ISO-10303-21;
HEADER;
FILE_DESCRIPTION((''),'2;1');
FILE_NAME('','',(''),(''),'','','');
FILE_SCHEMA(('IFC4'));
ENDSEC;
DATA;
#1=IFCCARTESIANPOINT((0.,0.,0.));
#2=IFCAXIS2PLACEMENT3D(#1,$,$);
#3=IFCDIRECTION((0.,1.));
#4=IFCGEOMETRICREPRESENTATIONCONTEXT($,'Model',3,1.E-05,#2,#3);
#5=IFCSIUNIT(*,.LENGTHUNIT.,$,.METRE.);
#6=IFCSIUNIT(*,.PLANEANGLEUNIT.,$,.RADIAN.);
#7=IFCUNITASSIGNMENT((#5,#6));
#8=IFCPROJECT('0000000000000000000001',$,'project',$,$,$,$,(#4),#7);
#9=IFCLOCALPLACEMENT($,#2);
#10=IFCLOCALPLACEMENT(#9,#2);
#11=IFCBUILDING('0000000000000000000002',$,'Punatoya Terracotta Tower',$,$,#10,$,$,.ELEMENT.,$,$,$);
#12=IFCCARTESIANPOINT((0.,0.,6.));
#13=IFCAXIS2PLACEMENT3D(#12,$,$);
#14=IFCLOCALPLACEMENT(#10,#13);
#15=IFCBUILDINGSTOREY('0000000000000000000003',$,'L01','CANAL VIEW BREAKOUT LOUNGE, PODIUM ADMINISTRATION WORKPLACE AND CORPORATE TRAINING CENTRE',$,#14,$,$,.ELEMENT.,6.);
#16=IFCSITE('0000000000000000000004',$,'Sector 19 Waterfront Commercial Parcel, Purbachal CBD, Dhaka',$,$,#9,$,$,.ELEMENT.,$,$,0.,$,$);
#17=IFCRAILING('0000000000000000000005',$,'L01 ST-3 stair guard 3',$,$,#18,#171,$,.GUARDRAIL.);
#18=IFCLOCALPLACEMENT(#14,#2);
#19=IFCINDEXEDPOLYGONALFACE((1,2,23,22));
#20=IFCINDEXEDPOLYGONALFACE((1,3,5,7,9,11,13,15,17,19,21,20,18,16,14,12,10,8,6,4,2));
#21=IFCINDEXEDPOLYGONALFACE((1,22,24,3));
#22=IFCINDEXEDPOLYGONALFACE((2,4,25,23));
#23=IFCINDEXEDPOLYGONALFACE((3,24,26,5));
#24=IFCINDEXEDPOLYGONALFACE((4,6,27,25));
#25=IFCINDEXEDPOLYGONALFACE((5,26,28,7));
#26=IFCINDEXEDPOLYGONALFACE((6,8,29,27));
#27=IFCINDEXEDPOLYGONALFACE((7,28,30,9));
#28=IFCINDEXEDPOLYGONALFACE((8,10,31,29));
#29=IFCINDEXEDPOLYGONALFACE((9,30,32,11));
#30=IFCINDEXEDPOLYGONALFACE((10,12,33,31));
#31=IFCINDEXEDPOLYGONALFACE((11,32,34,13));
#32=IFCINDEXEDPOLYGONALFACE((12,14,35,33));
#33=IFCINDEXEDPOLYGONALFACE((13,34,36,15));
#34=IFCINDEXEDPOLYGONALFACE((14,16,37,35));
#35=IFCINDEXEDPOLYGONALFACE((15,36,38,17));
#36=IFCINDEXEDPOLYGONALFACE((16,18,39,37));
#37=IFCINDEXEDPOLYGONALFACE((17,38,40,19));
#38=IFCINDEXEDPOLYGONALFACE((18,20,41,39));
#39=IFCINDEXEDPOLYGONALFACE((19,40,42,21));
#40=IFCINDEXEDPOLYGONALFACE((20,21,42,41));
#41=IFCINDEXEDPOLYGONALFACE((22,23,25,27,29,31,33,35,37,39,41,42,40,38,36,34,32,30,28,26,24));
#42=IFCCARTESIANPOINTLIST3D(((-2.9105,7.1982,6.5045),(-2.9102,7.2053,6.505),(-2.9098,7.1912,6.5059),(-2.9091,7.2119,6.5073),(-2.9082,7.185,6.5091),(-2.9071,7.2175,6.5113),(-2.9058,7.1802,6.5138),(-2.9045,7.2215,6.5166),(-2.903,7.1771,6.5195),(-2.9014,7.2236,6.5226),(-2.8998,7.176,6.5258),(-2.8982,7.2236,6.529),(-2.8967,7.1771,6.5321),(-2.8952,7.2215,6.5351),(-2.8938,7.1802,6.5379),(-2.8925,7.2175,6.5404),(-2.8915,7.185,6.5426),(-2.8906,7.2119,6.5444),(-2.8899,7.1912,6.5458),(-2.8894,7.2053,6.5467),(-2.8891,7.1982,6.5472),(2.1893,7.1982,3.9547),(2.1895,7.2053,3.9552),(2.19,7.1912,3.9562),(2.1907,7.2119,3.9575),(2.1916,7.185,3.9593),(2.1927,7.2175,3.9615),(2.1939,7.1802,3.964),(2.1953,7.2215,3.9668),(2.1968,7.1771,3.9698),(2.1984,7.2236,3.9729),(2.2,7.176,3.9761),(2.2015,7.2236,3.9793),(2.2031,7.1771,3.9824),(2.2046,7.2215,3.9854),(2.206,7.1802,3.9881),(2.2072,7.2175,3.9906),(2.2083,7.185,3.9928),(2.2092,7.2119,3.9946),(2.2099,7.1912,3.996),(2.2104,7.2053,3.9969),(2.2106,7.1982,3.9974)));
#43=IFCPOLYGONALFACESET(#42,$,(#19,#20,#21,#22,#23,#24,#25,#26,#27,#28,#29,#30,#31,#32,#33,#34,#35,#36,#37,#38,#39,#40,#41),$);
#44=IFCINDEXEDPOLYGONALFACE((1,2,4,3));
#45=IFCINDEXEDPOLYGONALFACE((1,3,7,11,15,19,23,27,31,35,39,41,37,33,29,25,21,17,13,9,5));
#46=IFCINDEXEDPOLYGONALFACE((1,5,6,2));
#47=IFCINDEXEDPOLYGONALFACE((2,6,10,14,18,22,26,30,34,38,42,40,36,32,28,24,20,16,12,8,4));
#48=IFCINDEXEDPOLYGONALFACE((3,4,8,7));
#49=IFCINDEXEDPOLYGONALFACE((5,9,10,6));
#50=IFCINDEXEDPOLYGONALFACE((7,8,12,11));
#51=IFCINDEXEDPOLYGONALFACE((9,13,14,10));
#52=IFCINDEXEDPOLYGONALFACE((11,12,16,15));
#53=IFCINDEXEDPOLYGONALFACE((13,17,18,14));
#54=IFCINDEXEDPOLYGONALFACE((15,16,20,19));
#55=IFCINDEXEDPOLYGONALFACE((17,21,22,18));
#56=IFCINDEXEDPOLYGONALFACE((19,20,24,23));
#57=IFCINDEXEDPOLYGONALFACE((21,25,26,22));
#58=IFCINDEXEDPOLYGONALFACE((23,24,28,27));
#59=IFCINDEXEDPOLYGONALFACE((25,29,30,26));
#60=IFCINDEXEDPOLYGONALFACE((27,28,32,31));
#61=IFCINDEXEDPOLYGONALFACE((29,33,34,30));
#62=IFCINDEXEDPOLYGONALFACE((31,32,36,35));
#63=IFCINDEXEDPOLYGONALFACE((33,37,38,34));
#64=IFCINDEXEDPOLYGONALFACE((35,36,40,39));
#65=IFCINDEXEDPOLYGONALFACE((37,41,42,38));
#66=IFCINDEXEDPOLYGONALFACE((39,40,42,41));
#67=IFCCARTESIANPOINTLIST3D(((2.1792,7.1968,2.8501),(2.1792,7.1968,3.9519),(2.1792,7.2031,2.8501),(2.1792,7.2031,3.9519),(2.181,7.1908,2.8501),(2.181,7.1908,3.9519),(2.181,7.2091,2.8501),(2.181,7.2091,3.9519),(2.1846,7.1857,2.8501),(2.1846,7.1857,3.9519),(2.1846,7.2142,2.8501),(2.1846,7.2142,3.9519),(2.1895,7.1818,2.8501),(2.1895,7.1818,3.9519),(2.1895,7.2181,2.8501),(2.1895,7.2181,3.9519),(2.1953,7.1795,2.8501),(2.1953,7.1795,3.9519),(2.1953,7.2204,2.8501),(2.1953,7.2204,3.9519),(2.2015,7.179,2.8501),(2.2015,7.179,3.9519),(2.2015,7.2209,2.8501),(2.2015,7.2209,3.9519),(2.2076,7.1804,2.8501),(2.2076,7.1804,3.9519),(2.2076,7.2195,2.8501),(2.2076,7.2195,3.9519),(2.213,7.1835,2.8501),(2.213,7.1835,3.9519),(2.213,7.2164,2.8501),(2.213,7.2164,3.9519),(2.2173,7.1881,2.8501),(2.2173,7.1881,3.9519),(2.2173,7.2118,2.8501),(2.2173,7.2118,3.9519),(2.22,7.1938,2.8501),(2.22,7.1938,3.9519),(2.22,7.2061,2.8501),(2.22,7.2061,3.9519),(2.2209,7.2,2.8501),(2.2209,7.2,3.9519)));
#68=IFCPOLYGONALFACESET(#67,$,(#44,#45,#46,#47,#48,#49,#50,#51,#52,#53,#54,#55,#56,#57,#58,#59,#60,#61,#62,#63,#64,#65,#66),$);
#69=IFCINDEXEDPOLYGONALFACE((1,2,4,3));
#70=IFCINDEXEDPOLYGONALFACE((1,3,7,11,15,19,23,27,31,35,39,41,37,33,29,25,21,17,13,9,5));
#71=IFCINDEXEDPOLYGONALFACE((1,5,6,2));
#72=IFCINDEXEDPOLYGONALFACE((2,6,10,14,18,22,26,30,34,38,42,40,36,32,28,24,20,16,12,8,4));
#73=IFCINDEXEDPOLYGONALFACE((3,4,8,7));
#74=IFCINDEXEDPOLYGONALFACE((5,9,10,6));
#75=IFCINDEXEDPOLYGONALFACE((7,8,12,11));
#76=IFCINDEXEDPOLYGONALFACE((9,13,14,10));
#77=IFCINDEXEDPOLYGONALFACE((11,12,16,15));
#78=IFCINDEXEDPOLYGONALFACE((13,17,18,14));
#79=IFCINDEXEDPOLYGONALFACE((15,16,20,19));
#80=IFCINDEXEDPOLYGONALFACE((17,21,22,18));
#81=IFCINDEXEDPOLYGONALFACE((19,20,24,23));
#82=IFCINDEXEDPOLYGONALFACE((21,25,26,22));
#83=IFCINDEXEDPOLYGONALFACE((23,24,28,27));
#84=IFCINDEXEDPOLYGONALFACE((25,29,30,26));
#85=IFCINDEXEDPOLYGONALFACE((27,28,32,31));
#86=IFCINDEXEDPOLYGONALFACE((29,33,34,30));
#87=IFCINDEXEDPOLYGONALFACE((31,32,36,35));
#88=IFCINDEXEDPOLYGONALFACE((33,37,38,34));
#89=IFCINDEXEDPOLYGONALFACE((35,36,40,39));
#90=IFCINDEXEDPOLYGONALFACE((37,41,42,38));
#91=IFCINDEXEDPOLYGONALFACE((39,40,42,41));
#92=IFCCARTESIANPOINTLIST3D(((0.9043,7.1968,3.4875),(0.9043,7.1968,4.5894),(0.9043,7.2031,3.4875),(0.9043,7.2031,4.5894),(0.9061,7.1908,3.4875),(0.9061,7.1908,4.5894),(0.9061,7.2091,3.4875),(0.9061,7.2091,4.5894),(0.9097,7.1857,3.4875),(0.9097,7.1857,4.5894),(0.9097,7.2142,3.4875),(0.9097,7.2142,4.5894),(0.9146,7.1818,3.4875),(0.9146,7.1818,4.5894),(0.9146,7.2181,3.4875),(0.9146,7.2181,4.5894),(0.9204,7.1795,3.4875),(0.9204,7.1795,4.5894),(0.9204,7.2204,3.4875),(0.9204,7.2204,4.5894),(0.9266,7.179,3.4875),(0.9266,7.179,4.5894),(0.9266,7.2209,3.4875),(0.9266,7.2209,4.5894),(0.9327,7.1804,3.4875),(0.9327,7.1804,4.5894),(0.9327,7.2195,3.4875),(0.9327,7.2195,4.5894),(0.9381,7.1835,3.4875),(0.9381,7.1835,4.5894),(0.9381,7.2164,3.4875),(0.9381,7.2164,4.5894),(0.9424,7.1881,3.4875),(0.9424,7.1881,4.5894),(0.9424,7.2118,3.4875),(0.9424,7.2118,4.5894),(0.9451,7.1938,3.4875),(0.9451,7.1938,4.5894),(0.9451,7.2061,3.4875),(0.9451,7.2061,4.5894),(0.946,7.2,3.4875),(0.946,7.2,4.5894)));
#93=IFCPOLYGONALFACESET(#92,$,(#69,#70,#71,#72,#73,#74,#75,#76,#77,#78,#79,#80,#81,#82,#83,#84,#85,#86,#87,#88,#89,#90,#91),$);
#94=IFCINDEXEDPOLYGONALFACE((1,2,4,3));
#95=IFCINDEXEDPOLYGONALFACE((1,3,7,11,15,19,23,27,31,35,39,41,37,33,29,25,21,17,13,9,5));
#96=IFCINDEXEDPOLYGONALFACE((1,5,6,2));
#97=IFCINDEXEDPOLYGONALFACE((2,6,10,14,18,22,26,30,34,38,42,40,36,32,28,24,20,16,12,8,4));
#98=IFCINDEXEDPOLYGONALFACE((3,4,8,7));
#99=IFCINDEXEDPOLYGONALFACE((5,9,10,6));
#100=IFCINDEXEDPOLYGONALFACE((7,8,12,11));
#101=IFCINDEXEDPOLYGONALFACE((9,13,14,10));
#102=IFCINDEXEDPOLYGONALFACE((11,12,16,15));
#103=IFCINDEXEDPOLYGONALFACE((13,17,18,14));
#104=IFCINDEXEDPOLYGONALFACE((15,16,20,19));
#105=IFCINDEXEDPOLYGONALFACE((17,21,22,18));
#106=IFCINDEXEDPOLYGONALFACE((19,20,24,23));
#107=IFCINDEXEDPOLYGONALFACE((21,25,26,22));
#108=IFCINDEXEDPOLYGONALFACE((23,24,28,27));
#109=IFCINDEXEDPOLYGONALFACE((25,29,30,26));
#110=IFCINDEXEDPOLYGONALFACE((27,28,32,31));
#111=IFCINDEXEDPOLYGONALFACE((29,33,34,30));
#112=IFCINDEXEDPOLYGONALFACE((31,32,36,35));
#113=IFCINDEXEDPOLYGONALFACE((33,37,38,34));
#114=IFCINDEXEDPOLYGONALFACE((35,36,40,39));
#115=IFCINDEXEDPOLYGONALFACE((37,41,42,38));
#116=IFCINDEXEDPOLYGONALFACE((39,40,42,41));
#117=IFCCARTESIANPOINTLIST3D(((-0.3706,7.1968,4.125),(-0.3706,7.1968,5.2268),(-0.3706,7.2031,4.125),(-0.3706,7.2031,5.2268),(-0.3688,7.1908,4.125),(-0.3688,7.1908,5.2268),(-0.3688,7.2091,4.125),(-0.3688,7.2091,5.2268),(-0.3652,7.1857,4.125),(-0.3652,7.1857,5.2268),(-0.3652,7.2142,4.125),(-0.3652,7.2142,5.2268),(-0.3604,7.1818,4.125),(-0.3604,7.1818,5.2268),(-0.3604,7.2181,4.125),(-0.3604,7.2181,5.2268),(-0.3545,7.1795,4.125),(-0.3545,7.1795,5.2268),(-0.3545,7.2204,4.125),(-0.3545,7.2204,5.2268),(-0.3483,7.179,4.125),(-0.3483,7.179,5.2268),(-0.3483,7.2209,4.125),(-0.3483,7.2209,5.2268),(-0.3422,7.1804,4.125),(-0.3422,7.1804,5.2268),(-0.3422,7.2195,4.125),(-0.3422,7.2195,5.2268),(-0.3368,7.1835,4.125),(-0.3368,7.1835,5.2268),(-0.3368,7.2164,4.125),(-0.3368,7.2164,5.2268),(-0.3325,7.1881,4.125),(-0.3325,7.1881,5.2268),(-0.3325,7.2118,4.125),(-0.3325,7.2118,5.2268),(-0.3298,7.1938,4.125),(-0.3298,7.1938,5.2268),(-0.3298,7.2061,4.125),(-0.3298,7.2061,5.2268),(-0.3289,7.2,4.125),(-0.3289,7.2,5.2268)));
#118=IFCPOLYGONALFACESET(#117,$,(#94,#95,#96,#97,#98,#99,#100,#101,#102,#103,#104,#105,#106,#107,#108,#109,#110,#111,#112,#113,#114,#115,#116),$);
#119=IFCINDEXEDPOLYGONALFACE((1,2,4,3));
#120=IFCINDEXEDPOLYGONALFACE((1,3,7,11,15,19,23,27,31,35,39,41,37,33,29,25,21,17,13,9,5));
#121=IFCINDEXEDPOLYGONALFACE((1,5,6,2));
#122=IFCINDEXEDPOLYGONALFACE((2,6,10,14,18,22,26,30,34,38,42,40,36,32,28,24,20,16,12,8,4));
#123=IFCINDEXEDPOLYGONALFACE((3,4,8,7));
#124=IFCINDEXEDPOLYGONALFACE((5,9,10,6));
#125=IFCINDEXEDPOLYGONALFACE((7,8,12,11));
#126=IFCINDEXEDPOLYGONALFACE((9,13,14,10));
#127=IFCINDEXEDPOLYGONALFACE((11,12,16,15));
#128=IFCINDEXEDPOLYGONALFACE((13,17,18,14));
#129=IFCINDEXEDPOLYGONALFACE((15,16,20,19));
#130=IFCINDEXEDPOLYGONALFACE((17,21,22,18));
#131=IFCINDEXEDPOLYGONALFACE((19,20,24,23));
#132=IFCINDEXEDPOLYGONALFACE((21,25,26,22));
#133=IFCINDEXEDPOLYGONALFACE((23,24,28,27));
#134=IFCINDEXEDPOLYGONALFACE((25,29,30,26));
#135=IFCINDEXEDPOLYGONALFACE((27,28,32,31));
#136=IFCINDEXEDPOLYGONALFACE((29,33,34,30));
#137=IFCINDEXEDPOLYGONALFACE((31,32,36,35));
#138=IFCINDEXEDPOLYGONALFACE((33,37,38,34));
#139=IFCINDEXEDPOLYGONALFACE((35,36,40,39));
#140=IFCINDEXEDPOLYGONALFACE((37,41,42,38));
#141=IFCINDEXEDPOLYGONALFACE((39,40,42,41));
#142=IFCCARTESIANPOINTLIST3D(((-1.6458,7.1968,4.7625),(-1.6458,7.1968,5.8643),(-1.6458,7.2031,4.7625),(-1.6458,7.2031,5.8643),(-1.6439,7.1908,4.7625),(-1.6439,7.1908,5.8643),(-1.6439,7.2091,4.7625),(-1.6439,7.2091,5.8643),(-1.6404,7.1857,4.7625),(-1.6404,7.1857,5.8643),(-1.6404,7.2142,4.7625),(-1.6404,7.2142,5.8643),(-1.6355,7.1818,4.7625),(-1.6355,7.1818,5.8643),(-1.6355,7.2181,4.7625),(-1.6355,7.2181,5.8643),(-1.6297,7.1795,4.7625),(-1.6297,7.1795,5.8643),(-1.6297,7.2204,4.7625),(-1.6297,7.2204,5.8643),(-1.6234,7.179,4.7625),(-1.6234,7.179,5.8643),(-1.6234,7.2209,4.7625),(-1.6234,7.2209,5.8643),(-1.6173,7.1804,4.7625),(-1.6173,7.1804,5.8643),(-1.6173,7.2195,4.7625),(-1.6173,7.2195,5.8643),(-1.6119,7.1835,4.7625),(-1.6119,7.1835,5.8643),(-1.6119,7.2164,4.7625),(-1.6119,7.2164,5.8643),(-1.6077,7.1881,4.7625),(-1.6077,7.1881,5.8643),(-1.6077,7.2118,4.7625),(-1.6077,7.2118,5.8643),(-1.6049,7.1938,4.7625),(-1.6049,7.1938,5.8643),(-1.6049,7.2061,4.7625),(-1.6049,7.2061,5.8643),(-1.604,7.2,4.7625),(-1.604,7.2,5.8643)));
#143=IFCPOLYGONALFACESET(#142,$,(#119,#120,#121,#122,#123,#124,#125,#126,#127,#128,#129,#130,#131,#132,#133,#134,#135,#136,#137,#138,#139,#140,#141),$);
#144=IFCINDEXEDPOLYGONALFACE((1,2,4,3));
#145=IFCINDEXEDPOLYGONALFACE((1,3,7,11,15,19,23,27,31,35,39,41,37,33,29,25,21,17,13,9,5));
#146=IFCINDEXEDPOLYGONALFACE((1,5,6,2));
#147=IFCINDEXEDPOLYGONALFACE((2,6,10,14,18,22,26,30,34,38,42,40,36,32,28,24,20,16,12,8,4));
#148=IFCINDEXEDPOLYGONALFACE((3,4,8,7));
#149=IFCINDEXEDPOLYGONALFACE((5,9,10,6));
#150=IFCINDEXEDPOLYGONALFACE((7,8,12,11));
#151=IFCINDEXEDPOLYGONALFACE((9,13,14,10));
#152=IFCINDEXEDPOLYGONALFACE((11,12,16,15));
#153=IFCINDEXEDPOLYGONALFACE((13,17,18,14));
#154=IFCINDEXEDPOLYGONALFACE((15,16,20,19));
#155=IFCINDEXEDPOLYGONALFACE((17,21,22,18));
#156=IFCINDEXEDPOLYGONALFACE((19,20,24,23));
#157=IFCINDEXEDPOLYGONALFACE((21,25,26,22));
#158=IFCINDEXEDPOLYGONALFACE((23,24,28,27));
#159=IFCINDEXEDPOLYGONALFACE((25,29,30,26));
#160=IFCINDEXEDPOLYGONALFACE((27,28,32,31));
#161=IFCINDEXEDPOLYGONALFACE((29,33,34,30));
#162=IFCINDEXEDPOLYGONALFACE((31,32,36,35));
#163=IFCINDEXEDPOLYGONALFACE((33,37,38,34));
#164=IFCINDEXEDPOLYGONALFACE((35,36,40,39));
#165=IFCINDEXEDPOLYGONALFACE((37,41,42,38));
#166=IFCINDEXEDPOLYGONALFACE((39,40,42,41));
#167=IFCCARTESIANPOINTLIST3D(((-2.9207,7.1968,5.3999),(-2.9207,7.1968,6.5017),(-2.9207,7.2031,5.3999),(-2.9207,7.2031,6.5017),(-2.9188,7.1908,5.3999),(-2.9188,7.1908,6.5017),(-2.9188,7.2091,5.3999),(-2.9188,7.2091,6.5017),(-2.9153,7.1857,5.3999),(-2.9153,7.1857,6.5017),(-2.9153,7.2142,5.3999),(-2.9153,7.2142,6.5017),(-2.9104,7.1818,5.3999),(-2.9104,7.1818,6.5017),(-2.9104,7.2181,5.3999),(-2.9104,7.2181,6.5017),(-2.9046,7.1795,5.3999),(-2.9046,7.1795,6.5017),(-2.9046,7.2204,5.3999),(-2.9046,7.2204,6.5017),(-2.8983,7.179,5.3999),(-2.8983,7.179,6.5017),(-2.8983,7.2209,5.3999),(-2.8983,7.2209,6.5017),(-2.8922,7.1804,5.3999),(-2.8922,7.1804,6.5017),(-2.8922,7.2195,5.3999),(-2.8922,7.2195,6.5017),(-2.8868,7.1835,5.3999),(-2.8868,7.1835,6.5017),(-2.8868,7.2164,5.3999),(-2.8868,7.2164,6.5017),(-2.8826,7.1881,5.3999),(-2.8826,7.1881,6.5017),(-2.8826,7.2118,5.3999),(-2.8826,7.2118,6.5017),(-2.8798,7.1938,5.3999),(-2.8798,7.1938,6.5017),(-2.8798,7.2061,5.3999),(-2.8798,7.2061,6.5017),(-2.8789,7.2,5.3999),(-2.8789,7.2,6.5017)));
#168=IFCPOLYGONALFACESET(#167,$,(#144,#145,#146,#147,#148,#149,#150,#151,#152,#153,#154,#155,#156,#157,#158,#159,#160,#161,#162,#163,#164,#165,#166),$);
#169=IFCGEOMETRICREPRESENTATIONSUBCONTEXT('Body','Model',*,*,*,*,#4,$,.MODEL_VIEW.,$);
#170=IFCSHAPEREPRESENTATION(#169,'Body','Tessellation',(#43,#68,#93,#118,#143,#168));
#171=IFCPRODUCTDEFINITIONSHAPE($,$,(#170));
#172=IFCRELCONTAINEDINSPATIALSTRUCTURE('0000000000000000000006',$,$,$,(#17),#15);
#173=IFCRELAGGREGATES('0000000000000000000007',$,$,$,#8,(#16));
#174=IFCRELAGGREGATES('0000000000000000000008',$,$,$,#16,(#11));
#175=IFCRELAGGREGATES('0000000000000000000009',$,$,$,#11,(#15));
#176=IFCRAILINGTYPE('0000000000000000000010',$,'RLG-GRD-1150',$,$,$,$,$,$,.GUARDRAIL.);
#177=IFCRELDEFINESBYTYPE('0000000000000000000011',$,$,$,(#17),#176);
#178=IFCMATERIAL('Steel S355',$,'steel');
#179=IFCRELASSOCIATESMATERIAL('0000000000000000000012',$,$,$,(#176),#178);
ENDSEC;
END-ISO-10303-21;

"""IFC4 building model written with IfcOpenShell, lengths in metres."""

from ifc_helpers import new_model, si_unit, direction, frame, origin, origin_2d, place, context, subcontext, project, spatial, circle, extrude, material, type_object, element, save


model = new_model("IFC4")

# Units and contexts
model_context = context("Model", 3, precision=1e-05, world=origin(), true_north=direction((0.0, 1.0)))
body_context = subcontext(model_context, "Body", "Model", "MODEL_VIEW")
ifc_project = project(units=[si_unit("LENGTHUNIT", "METRE"), si_unit("PLANEANGLEUNIT", "RADIAN")], contexts=[model_context])

# Site, building, storey
site_placement = place(None, origin())
site = spatial("IfcSite", under=ifc_project, at=site_placement, Name="Sector 19 Waterfront Commercial Parcel, Purbachal CBD, Dhaka", CompositionType="ELEMENT", RefElevation=0.0)
building_placement = place(site_placement, origin())
building = spatial("IfcBuilding", under=site, at=building_placement, Name="Punatoya Terracotta Tower", CompositionType="ELEMENT")
storey_placement = place(building_placement, frame((0.0, 0.0, 6.0)))
storey = spatial("IfcBuildingStorey", under=building, at=storey_placement, Name="L01", Description="CANAL VIEW BREAKOUT LOUNGE, PODIUM ADMINISTRATION WORKPLACE AND CORPORATE TRAINING CENTRE", CompositionType="ELEMENT", Elevation=6.0)

# Shared definitions
ifc_material_1 = material(Name="Steel S355", Category="steel")

# Railing
railing_type_1 = type_object("IfcRailingType", Name="RLG-GRD-1150", PredefinedType="GUARDRAIL", material=ifc_material_1)
railing_1_placement = place(storey_placement, frame((2.2, 7.2, 2.8501)))
element("IfcRailing", 1, at=railing_1_placement, inside=storey, type_object=railing_type_1, Name="L01 ST-3 stair guard 3", PredefinedType="GUARDRAIL", context=body_context, shape_type="SweptSolid", body=[
    extrude(circle(Radius=0.0239, at=origin_2d()), frame((0.0, 0.0, 1.126), z_axis=(-0.894436, 0.0, 0.447196), x_axis=(0.0, -1.0, 0.0)), (0.0, 0.0, 1.0), 5.7017),
    extrude(circle(Radius=0.021, at=origin_2d()), origin(), (0.0, 0.0, 1.0), 1.1018),
    extrude(circle(Radius=0.021, at=origin_2d()), frame((-1.2749, 0.0, 0.6375)), (0.0, 0.0, 1.0), 1.1018),
    extrude(circle(Radius=0.021, at=origin_2d()), frame((-2.5498, 0.0, 1.2749)), (0.0, 0.0, 1.0), 1.1018),
    extrude(circle(Radius=0.021, at=origin_2d()), frame((-3.825, 0.0, 1.9124)), (0.0, 0.0, 1.0), 1.1018),
    extrude(circle(Radius=0.021, at=origin_2d()), frame((-5.0999, 0.0, 2.5498)), (0.0, 0.0, 1.0), 1.1018),
])

save(model, "model.ifc")
